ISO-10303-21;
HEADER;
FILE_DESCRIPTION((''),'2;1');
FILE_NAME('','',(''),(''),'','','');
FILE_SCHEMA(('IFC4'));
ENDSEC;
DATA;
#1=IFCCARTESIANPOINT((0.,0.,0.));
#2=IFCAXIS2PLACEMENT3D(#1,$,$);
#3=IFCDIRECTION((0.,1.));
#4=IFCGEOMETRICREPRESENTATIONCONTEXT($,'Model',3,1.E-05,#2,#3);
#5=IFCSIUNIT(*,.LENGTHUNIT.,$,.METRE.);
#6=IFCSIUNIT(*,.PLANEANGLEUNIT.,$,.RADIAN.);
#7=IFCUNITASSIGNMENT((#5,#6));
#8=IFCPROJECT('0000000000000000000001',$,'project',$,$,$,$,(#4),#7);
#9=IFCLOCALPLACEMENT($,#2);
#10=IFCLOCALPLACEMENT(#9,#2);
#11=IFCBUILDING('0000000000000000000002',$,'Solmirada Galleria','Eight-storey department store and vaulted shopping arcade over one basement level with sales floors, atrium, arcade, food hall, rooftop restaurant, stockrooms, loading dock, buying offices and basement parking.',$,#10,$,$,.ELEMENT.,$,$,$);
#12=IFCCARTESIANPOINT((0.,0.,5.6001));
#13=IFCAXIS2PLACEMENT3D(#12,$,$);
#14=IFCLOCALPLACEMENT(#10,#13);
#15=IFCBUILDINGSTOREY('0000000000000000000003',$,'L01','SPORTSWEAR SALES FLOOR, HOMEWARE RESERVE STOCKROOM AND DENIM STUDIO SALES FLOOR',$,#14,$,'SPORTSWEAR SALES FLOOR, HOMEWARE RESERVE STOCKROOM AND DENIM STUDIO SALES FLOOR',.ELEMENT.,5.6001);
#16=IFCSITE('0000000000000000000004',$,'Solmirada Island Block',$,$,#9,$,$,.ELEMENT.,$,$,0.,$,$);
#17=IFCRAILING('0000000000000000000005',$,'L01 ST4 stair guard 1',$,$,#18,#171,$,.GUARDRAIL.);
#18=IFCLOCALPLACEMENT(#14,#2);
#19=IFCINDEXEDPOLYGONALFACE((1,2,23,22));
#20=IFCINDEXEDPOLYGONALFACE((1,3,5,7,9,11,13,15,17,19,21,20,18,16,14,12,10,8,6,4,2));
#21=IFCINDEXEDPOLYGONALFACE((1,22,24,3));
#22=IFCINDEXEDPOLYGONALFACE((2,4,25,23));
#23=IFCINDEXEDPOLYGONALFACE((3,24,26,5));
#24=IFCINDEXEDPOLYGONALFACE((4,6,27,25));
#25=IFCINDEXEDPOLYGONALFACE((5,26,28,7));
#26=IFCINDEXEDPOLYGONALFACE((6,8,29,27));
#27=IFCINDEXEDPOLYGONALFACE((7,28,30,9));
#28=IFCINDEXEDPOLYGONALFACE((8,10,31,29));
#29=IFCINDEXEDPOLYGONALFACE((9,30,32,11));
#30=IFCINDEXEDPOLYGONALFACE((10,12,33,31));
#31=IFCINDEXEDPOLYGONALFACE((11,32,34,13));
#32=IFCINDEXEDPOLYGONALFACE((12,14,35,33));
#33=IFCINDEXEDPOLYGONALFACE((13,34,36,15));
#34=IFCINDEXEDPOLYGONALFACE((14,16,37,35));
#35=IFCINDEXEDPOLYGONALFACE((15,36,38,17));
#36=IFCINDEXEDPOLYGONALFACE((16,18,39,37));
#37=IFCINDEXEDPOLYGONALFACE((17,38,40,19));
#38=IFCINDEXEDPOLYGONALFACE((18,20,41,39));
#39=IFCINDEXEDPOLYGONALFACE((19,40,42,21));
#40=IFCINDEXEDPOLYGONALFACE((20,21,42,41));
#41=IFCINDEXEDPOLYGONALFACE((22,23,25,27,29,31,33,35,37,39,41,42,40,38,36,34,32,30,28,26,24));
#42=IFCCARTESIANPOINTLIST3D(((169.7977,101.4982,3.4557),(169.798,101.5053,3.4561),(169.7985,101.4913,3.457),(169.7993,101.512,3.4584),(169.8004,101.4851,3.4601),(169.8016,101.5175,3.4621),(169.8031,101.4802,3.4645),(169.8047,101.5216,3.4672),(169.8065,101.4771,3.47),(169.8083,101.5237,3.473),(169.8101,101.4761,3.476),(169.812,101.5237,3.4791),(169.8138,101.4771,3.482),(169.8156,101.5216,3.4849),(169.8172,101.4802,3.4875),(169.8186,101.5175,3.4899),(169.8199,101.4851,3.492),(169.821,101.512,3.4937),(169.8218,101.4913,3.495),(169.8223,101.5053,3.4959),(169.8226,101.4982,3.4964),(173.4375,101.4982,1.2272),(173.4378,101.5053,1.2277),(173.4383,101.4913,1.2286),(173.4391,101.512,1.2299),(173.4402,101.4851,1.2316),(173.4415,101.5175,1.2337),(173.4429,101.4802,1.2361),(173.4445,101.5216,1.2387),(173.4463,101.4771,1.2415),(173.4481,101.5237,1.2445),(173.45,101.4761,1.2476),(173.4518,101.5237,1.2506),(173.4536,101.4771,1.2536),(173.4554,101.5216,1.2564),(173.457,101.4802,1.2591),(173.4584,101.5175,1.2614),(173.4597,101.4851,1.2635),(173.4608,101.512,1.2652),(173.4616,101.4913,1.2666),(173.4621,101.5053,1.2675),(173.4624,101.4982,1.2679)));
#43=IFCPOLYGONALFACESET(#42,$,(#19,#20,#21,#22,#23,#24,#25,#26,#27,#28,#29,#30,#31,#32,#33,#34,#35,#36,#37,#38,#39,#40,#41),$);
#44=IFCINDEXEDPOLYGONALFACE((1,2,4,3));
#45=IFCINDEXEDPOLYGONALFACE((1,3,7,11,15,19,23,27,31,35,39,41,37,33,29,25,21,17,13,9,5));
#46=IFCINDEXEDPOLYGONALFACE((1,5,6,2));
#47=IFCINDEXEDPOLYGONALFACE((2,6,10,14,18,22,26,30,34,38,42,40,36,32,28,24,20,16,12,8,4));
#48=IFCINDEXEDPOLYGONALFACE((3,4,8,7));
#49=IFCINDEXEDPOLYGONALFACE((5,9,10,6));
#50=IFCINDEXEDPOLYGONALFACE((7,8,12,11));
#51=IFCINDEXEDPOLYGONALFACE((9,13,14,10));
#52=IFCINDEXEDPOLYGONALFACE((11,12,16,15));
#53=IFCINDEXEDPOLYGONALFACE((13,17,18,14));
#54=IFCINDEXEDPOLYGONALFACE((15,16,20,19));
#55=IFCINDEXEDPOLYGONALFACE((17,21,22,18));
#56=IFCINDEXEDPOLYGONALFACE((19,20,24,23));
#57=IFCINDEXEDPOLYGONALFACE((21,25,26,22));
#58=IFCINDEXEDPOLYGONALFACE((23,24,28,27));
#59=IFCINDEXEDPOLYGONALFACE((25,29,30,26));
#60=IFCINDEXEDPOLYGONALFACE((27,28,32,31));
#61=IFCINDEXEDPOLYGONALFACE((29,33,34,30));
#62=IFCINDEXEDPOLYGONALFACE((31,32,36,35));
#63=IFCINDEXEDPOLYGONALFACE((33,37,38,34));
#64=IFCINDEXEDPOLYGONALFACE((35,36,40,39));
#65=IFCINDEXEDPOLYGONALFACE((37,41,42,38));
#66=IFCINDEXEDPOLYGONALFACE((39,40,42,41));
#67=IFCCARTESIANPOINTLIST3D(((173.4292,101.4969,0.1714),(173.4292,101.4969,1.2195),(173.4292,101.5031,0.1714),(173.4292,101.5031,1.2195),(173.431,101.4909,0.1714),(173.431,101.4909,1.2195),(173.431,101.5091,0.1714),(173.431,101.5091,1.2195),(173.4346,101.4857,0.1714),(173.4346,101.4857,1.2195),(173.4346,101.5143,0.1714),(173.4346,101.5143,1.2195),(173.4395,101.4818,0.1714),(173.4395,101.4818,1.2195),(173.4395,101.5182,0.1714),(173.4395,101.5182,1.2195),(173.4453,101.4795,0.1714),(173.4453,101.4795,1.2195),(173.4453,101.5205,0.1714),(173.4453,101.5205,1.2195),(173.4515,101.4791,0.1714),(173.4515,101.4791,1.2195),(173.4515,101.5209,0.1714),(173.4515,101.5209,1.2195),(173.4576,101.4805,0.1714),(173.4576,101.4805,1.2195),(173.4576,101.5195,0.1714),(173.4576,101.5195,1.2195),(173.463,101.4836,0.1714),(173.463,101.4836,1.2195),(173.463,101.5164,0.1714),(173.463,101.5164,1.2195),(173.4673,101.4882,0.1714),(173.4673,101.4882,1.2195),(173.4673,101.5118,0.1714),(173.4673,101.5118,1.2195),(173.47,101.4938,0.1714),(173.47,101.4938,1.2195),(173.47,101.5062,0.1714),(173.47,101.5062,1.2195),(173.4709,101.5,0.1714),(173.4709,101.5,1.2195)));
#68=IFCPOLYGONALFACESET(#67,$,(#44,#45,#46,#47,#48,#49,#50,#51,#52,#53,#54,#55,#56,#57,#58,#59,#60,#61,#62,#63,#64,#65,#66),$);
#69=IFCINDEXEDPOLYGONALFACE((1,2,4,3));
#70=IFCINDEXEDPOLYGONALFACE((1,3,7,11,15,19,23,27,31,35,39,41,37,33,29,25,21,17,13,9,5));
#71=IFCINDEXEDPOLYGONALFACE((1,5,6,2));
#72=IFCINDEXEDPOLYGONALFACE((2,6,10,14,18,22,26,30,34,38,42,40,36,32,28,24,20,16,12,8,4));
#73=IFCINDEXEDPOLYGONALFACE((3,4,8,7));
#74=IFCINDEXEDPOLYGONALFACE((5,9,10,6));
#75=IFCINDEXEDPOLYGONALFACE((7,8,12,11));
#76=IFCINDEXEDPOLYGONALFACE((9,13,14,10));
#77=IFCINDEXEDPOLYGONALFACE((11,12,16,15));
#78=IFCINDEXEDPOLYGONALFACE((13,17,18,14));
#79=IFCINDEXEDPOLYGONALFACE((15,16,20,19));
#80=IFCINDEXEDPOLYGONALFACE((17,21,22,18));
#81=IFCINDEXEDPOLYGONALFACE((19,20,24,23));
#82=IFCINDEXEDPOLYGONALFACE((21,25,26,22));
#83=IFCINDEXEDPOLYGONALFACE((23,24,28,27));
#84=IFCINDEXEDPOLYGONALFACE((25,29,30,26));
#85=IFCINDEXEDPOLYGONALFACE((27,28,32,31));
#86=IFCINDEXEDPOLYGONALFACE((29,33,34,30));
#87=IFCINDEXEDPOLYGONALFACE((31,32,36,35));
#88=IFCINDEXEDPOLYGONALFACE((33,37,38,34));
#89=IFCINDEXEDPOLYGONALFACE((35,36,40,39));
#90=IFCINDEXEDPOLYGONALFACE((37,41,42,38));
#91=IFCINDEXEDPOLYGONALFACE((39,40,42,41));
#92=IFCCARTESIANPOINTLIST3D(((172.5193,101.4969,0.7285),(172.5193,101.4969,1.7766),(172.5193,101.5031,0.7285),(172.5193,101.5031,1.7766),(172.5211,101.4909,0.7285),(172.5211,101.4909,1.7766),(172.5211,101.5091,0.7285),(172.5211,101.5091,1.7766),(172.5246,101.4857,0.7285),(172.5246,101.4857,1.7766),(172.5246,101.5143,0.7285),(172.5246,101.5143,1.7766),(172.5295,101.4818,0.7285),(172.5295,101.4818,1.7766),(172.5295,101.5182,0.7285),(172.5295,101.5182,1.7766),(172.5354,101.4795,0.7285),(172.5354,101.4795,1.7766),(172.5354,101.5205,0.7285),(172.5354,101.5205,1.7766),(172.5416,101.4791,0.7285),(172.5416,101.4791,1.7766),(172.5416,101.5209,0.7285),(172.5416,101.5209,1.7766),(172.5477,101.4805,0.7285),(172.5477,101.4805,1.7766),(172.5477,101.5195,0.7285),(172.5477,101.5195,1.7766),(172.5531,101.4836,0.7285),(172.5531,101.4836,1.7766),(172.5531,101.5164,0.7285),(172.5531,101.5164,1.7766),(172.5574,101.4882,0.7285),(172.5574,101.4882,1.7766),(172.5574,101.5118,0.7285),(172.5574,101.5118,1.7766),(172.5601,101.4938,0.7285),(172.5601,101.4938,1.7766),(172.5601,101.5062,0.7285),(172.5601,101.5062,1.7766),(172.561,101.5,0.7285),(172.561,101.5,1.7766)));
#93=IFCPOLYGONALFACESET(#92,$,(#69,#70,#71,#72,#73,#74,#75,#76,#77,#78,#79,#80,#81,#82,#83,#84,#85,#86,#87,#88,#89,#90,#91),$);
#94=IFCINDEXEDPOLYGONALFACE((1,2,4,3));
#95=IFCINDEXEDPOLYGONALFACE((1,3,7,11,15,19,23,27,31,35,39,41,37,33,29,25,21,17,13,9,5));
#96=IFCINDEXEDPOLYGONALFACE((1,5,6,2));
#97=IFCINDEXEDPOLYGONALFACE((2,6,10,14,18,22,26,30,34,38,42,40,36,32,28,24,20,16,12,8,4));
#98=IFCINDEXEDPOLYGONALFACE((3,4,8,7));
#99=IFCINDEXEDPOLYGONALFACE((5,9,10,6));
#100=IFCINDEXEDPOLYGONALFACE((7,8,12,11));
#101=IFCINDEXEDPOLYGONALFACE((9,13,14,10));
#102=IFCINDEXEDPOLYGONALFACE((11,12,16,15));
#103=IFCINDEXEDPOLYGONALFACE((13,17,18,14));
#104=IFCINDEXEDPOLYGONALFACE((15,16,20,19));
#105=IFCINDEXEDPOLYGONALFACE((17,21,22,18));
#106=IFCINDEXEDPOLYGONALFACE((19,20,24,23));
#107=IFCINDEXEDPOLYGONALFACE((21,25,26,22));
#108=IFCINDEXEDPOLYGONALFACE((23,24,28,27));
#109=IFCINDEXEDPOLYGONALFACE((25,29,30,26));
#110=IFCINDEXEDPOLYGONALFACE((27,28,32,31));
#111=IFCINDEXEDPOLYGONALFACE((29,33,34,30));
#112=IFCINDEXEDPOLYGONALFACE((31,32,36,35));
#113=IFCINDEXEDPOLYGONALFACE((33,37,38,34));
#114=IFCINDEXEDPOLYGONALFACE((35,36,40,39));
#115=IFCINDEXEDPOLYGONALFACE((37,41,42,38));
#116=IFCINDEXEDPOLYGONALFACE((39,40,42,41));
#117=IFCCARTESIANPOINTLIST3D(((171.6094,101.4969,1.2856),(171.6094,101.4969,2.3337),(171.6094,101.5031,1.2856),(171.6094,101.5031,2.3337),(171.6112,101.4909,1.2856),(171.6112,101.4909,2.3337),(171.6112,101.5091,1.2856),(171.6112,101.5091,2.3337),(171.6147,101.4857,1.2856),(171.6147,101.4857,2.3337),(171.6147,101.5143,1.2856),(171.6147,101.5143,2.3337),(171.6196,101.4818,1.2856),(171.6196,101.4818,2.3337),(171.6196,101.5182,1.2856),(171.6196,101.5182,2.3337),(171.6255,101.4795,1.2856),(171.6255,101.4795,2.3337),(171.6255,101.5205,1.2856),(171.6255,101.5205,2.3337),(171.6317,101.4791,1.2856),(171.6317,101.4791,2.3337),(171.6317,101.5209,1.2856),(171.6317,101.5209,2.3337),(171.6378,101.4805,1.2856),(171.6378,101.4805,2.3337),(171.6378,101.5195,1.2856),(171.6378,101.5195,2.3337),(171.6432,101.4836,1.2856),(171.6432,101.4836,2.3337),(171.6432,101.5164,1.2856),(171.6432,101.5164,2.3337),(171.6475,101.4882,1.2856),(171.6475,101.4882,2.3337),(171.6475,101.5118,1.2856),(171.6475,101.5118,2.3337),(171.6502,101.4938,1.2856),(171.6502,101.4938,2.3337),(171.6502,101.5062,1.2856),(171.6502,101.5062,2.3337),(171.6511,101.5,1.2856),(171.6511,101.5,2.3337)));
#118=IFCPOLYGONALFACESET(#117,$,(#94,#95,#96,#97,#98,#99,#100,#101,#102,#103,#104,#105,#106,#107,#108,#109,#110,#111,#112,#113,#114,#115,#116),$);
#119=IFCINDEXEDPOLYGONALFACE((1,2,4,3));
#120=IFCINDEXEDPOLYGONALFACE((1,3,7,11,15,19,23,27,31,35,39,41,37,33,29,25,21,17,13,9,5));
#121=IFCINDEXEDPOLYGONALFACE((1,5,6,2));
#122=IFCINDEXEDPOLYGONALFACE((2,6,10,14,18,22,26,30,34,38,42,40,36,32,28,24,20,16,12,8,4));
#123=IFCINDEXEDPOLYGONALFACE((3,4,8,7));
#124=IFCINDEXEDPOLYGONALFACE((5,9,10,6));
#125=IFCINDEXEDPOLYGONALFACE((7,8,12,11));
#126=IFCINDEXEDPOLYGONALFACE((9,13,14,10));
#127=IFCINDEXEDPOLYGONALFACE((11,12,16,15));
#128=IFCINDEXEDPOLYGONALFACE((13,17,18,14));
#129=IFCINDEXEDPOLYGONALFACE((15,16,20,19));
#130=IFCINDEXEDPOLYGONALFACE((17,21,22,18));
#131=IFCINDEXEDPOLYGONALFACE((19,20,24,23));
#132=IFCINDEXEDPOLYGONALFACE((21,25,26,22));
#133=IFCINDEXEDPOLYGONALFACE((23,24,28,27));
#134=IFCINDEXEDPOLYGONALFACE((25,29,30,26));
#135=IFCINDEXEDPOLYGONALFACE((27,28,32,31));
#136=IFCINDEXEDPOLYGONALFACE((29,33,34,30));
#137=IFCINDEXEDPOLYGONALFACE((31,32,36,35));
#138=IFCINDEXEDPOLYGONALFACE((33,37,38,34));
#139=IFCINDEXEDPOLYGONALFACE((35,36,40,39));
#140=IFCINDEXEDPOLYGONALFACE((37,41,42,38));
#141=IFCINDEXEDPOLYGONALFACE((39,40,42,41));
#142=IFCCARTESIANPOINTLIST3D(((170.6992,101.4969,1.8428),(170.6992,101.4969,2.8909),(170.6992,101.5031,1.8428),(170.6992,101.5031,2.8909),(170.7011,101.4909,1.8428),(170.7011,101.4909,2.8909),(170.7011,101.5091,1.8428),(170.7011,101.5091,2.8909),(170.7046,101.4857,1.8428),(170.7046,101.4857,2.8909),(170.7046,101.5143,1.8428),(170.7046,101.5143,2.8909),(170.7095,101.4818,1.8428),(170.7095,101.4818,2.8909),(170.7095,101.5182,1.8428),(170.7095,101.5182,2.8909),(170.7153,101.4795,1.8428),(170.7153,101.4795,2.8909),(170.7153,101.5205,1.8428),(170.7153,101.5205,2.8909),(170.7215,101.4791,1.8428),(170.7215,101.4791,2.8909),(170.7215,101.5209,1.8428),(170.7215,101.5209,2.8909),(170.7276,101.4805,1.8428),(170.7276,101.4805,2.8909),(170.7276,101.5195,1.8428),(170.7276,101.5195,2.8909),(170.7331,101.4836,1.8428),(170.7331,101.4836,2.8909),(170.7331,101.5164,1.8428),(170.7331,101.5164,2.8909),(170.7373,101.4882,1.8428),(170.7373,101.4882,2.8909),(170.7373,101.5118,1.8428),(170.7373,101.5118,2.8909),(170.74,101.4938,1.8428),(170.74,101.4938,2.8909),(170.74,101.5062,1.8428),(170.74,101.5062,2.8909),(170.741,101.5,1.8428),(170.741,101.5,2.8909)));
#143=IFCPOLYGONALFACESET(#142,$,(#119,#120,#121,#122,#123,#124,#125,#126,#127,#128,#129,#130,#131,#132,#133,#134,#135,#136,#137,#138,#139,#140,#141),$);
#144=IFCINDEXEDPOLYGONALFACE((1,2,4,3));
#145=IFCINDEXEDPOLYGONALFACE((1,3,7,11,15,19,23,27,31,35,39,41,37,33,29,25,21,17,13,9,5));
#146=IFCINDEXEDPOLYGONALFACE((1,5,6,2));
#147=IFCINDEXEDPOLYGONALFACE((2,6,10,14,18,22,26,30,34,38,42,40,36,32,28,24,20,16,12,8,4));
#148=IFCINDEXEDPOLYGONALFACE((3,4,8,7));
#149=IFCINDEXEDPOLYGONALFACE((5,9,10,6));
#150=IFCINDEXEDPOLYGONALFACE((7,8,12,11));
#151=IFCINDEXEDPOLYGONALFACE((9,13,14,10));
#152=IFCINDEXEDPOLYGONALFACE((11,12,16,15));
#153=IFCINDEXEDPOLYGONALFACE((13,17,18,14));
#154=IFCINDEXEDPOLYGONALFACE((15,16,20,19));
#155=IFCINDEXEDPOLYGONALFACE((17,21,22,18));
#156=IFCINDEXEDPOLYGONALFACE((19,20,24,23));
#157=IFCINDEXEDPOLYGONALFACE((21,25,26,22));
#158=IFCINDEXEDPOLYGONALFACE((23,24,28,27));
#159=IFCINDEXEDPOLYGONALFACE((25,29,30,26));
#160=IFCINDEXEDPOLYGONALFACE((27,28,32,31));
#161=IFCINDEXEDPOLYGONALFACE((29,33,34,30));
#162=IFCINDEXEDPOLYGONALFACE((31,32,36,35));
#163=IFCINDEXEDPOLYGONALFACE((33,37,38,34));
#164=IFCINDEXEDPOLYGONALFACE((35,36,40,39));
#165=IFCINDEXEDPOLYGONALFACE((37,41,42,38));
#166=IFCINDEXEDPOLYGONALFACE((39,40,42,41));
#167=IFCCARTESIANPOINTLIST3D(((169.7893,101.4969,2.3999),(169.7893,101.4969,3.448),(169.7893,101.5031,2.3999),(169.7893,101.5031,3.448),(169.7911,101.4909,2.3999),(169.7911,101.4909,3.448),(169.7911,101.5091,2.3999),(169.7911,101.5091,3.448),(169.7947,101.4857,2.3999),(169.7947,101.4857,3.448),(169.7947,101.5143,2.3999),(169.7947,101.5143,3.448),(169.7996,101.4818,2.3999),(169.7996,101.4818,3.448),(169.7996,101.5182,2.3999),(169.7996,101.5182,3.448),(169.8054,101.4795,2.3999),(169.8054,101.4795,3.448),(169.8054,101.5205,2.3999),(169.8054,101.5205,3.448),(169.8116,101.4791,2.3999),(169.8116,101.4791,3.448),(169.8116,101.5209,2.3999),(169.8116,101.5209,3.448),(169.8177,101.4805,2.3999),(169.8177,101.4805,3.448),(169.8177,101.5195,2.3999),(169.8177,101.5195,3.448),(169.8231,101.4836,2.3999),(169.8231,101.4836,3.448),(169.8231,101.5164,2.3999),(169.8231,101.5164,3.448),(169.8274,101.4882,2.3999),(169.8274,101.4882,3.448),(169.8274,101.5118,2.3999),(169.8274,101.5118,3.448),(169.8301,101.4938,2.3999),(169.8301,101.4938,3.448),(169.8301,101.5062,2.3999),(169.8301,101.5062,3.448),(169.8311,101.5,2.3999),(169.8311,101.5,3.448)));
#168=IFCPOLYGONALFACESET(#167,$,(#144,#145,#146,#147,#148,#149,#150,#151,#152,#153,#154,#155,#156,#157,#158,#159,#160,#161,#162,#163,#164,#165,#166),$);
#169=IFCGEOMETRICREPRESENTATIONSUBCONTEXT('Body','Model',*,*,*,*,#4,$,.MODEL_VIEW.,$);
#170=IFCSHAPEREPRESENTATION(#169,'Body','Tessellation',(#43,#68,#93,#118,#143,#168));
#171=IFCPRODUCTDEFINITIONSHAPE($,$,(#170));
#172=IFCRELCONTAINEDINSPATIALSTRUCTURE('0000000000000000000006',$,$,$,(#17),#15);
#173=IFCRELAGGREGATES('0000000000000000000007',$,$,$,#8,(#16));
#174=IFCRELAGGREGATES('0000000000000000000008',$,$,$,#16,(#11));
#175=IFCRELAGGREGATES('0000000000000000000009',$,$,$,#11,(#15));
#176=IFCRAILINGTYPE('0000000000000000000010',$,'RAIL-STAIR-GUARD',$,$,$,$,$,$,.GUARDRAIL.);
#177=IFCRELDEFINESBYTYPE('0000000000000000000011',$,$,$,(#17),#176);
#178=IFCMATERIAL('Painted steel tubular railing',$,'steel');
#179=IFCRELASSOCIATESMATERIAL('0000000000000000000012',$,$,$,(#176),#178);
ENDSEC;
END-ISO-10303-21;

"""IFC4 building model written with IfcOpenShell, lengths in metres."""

from ifc_helpers import new_model, si_unit, direction, frame, origin, origin_2d, place, context, subcontext, project, spatial, circle, extrude, material, type_object, element, save


model = new_model("IFC4")

# Units and contexts
model_context = context("Model", 3, precision=1e-05, world=origin(), true_north=direction((0.0, 1.0)))
body_context = subcontext(model_context, "Body", "Model", "MODEL_VIEW")
ifc_project = project(units=[si_unit("LENGTHUNIT", "METRE"), si_unit("PLANEANGLEUNIT", "RADIAN")], contexts=[model_context])

# Site, building, storey
site_placement = place(None, origin())
site = spatial("IfcSite", under=ifc_project, at=site_placement, Name="Solmirada Island Block", CompositionType="ELEMENT", RefElevation=0.0)
building_placement = place(site_placement, origin())
building = spatial("IfcBuilding", under=site, at=building_placement, Name="Solmirada Galleria", Description="Eight-storey department store and vaulted shopping arcade over one basement level with sales floors, atrium, arcade, food hall, rooftop restaurant, stockrooms, loading dock, buying offices and basement parking.", CompositionType="ELEMENT")
storey_placement = place(building_placement, frame((0.0, 0.0, 5.6001)))
storey = spatial("IfcBuildingStorey", under=building, at=storey_placement, Name="L01", Description="SPORTSWEAR SALES FLOOR, HOMEWARE RESERVE STOCKROOM AND DENIM STUDIO SALES FLOOR", LongName="SPORTSWEAR SALES FLOOR, HOMEWARE RESERVE STOCKROOM AND DENIM STUDIO SALES FLOOR", CompositionType="ELEMENT", Elevation=5.6001)

# Railing
ifc_material_1 = material(Name="Painted steel tubular railing", Category="steel")
railing_type_1 = type_object("IfcRailingType", Name="RAIL-STAIR-GUARD", PredefinedType="GUARDRAIL", material=ifc_material_1)
railing_1_placement = place(storey_placement, frame((173.45, 101.5, 0.1714)))
element("IfcRailing", 1, at=railing_1_placement, inside=storey, type_object=railing_type_1, Name="L01 ST4 stair guard 1", PredefinedType="GUARDRAIL", context=body_context, shape_type="SweptSolid", body=[
    extrude(circle(Radius=0.0239, at=origin_2d()), frame((0.0, 0.0, 1.0762), z_axis=(-0.85285, 0.0, 0.522156), x_axis=(0.0, -1.0, 0.0)), (0.0, 0.0, 1.0), 4.2678),
    extrude(circle(Radius=0.021, at=origin_2d()), origin(), (0.0, 0.0, 1.0), 1.0481),
    extrude(circle(Radius=0.021, at=origin_2d()), frame((-0.9099, 0.0, 0.5571)), (0.0, 0.0, 1.0), 1.0481),
    extrude(circle(Radius=0.021, at=origin_2d()), frame((-1.8198, 0.0, 1.1143)), (0.0, 0.0, 1.0), 1.0481),
    extrude(circle(Radius=0.021, at=origin_2d()), frame((-2.73, 0.0, 1.6714)), (0.0, 0.0, 1.0), 1.0481),
    extrude(circle(Radius=0.021, at=origin_2d()), frame((-3.6399, 0.0, 2.2285)), (0.0, 0.0, 1.0), 1.0481),
])

save(model, "model.ifc")
